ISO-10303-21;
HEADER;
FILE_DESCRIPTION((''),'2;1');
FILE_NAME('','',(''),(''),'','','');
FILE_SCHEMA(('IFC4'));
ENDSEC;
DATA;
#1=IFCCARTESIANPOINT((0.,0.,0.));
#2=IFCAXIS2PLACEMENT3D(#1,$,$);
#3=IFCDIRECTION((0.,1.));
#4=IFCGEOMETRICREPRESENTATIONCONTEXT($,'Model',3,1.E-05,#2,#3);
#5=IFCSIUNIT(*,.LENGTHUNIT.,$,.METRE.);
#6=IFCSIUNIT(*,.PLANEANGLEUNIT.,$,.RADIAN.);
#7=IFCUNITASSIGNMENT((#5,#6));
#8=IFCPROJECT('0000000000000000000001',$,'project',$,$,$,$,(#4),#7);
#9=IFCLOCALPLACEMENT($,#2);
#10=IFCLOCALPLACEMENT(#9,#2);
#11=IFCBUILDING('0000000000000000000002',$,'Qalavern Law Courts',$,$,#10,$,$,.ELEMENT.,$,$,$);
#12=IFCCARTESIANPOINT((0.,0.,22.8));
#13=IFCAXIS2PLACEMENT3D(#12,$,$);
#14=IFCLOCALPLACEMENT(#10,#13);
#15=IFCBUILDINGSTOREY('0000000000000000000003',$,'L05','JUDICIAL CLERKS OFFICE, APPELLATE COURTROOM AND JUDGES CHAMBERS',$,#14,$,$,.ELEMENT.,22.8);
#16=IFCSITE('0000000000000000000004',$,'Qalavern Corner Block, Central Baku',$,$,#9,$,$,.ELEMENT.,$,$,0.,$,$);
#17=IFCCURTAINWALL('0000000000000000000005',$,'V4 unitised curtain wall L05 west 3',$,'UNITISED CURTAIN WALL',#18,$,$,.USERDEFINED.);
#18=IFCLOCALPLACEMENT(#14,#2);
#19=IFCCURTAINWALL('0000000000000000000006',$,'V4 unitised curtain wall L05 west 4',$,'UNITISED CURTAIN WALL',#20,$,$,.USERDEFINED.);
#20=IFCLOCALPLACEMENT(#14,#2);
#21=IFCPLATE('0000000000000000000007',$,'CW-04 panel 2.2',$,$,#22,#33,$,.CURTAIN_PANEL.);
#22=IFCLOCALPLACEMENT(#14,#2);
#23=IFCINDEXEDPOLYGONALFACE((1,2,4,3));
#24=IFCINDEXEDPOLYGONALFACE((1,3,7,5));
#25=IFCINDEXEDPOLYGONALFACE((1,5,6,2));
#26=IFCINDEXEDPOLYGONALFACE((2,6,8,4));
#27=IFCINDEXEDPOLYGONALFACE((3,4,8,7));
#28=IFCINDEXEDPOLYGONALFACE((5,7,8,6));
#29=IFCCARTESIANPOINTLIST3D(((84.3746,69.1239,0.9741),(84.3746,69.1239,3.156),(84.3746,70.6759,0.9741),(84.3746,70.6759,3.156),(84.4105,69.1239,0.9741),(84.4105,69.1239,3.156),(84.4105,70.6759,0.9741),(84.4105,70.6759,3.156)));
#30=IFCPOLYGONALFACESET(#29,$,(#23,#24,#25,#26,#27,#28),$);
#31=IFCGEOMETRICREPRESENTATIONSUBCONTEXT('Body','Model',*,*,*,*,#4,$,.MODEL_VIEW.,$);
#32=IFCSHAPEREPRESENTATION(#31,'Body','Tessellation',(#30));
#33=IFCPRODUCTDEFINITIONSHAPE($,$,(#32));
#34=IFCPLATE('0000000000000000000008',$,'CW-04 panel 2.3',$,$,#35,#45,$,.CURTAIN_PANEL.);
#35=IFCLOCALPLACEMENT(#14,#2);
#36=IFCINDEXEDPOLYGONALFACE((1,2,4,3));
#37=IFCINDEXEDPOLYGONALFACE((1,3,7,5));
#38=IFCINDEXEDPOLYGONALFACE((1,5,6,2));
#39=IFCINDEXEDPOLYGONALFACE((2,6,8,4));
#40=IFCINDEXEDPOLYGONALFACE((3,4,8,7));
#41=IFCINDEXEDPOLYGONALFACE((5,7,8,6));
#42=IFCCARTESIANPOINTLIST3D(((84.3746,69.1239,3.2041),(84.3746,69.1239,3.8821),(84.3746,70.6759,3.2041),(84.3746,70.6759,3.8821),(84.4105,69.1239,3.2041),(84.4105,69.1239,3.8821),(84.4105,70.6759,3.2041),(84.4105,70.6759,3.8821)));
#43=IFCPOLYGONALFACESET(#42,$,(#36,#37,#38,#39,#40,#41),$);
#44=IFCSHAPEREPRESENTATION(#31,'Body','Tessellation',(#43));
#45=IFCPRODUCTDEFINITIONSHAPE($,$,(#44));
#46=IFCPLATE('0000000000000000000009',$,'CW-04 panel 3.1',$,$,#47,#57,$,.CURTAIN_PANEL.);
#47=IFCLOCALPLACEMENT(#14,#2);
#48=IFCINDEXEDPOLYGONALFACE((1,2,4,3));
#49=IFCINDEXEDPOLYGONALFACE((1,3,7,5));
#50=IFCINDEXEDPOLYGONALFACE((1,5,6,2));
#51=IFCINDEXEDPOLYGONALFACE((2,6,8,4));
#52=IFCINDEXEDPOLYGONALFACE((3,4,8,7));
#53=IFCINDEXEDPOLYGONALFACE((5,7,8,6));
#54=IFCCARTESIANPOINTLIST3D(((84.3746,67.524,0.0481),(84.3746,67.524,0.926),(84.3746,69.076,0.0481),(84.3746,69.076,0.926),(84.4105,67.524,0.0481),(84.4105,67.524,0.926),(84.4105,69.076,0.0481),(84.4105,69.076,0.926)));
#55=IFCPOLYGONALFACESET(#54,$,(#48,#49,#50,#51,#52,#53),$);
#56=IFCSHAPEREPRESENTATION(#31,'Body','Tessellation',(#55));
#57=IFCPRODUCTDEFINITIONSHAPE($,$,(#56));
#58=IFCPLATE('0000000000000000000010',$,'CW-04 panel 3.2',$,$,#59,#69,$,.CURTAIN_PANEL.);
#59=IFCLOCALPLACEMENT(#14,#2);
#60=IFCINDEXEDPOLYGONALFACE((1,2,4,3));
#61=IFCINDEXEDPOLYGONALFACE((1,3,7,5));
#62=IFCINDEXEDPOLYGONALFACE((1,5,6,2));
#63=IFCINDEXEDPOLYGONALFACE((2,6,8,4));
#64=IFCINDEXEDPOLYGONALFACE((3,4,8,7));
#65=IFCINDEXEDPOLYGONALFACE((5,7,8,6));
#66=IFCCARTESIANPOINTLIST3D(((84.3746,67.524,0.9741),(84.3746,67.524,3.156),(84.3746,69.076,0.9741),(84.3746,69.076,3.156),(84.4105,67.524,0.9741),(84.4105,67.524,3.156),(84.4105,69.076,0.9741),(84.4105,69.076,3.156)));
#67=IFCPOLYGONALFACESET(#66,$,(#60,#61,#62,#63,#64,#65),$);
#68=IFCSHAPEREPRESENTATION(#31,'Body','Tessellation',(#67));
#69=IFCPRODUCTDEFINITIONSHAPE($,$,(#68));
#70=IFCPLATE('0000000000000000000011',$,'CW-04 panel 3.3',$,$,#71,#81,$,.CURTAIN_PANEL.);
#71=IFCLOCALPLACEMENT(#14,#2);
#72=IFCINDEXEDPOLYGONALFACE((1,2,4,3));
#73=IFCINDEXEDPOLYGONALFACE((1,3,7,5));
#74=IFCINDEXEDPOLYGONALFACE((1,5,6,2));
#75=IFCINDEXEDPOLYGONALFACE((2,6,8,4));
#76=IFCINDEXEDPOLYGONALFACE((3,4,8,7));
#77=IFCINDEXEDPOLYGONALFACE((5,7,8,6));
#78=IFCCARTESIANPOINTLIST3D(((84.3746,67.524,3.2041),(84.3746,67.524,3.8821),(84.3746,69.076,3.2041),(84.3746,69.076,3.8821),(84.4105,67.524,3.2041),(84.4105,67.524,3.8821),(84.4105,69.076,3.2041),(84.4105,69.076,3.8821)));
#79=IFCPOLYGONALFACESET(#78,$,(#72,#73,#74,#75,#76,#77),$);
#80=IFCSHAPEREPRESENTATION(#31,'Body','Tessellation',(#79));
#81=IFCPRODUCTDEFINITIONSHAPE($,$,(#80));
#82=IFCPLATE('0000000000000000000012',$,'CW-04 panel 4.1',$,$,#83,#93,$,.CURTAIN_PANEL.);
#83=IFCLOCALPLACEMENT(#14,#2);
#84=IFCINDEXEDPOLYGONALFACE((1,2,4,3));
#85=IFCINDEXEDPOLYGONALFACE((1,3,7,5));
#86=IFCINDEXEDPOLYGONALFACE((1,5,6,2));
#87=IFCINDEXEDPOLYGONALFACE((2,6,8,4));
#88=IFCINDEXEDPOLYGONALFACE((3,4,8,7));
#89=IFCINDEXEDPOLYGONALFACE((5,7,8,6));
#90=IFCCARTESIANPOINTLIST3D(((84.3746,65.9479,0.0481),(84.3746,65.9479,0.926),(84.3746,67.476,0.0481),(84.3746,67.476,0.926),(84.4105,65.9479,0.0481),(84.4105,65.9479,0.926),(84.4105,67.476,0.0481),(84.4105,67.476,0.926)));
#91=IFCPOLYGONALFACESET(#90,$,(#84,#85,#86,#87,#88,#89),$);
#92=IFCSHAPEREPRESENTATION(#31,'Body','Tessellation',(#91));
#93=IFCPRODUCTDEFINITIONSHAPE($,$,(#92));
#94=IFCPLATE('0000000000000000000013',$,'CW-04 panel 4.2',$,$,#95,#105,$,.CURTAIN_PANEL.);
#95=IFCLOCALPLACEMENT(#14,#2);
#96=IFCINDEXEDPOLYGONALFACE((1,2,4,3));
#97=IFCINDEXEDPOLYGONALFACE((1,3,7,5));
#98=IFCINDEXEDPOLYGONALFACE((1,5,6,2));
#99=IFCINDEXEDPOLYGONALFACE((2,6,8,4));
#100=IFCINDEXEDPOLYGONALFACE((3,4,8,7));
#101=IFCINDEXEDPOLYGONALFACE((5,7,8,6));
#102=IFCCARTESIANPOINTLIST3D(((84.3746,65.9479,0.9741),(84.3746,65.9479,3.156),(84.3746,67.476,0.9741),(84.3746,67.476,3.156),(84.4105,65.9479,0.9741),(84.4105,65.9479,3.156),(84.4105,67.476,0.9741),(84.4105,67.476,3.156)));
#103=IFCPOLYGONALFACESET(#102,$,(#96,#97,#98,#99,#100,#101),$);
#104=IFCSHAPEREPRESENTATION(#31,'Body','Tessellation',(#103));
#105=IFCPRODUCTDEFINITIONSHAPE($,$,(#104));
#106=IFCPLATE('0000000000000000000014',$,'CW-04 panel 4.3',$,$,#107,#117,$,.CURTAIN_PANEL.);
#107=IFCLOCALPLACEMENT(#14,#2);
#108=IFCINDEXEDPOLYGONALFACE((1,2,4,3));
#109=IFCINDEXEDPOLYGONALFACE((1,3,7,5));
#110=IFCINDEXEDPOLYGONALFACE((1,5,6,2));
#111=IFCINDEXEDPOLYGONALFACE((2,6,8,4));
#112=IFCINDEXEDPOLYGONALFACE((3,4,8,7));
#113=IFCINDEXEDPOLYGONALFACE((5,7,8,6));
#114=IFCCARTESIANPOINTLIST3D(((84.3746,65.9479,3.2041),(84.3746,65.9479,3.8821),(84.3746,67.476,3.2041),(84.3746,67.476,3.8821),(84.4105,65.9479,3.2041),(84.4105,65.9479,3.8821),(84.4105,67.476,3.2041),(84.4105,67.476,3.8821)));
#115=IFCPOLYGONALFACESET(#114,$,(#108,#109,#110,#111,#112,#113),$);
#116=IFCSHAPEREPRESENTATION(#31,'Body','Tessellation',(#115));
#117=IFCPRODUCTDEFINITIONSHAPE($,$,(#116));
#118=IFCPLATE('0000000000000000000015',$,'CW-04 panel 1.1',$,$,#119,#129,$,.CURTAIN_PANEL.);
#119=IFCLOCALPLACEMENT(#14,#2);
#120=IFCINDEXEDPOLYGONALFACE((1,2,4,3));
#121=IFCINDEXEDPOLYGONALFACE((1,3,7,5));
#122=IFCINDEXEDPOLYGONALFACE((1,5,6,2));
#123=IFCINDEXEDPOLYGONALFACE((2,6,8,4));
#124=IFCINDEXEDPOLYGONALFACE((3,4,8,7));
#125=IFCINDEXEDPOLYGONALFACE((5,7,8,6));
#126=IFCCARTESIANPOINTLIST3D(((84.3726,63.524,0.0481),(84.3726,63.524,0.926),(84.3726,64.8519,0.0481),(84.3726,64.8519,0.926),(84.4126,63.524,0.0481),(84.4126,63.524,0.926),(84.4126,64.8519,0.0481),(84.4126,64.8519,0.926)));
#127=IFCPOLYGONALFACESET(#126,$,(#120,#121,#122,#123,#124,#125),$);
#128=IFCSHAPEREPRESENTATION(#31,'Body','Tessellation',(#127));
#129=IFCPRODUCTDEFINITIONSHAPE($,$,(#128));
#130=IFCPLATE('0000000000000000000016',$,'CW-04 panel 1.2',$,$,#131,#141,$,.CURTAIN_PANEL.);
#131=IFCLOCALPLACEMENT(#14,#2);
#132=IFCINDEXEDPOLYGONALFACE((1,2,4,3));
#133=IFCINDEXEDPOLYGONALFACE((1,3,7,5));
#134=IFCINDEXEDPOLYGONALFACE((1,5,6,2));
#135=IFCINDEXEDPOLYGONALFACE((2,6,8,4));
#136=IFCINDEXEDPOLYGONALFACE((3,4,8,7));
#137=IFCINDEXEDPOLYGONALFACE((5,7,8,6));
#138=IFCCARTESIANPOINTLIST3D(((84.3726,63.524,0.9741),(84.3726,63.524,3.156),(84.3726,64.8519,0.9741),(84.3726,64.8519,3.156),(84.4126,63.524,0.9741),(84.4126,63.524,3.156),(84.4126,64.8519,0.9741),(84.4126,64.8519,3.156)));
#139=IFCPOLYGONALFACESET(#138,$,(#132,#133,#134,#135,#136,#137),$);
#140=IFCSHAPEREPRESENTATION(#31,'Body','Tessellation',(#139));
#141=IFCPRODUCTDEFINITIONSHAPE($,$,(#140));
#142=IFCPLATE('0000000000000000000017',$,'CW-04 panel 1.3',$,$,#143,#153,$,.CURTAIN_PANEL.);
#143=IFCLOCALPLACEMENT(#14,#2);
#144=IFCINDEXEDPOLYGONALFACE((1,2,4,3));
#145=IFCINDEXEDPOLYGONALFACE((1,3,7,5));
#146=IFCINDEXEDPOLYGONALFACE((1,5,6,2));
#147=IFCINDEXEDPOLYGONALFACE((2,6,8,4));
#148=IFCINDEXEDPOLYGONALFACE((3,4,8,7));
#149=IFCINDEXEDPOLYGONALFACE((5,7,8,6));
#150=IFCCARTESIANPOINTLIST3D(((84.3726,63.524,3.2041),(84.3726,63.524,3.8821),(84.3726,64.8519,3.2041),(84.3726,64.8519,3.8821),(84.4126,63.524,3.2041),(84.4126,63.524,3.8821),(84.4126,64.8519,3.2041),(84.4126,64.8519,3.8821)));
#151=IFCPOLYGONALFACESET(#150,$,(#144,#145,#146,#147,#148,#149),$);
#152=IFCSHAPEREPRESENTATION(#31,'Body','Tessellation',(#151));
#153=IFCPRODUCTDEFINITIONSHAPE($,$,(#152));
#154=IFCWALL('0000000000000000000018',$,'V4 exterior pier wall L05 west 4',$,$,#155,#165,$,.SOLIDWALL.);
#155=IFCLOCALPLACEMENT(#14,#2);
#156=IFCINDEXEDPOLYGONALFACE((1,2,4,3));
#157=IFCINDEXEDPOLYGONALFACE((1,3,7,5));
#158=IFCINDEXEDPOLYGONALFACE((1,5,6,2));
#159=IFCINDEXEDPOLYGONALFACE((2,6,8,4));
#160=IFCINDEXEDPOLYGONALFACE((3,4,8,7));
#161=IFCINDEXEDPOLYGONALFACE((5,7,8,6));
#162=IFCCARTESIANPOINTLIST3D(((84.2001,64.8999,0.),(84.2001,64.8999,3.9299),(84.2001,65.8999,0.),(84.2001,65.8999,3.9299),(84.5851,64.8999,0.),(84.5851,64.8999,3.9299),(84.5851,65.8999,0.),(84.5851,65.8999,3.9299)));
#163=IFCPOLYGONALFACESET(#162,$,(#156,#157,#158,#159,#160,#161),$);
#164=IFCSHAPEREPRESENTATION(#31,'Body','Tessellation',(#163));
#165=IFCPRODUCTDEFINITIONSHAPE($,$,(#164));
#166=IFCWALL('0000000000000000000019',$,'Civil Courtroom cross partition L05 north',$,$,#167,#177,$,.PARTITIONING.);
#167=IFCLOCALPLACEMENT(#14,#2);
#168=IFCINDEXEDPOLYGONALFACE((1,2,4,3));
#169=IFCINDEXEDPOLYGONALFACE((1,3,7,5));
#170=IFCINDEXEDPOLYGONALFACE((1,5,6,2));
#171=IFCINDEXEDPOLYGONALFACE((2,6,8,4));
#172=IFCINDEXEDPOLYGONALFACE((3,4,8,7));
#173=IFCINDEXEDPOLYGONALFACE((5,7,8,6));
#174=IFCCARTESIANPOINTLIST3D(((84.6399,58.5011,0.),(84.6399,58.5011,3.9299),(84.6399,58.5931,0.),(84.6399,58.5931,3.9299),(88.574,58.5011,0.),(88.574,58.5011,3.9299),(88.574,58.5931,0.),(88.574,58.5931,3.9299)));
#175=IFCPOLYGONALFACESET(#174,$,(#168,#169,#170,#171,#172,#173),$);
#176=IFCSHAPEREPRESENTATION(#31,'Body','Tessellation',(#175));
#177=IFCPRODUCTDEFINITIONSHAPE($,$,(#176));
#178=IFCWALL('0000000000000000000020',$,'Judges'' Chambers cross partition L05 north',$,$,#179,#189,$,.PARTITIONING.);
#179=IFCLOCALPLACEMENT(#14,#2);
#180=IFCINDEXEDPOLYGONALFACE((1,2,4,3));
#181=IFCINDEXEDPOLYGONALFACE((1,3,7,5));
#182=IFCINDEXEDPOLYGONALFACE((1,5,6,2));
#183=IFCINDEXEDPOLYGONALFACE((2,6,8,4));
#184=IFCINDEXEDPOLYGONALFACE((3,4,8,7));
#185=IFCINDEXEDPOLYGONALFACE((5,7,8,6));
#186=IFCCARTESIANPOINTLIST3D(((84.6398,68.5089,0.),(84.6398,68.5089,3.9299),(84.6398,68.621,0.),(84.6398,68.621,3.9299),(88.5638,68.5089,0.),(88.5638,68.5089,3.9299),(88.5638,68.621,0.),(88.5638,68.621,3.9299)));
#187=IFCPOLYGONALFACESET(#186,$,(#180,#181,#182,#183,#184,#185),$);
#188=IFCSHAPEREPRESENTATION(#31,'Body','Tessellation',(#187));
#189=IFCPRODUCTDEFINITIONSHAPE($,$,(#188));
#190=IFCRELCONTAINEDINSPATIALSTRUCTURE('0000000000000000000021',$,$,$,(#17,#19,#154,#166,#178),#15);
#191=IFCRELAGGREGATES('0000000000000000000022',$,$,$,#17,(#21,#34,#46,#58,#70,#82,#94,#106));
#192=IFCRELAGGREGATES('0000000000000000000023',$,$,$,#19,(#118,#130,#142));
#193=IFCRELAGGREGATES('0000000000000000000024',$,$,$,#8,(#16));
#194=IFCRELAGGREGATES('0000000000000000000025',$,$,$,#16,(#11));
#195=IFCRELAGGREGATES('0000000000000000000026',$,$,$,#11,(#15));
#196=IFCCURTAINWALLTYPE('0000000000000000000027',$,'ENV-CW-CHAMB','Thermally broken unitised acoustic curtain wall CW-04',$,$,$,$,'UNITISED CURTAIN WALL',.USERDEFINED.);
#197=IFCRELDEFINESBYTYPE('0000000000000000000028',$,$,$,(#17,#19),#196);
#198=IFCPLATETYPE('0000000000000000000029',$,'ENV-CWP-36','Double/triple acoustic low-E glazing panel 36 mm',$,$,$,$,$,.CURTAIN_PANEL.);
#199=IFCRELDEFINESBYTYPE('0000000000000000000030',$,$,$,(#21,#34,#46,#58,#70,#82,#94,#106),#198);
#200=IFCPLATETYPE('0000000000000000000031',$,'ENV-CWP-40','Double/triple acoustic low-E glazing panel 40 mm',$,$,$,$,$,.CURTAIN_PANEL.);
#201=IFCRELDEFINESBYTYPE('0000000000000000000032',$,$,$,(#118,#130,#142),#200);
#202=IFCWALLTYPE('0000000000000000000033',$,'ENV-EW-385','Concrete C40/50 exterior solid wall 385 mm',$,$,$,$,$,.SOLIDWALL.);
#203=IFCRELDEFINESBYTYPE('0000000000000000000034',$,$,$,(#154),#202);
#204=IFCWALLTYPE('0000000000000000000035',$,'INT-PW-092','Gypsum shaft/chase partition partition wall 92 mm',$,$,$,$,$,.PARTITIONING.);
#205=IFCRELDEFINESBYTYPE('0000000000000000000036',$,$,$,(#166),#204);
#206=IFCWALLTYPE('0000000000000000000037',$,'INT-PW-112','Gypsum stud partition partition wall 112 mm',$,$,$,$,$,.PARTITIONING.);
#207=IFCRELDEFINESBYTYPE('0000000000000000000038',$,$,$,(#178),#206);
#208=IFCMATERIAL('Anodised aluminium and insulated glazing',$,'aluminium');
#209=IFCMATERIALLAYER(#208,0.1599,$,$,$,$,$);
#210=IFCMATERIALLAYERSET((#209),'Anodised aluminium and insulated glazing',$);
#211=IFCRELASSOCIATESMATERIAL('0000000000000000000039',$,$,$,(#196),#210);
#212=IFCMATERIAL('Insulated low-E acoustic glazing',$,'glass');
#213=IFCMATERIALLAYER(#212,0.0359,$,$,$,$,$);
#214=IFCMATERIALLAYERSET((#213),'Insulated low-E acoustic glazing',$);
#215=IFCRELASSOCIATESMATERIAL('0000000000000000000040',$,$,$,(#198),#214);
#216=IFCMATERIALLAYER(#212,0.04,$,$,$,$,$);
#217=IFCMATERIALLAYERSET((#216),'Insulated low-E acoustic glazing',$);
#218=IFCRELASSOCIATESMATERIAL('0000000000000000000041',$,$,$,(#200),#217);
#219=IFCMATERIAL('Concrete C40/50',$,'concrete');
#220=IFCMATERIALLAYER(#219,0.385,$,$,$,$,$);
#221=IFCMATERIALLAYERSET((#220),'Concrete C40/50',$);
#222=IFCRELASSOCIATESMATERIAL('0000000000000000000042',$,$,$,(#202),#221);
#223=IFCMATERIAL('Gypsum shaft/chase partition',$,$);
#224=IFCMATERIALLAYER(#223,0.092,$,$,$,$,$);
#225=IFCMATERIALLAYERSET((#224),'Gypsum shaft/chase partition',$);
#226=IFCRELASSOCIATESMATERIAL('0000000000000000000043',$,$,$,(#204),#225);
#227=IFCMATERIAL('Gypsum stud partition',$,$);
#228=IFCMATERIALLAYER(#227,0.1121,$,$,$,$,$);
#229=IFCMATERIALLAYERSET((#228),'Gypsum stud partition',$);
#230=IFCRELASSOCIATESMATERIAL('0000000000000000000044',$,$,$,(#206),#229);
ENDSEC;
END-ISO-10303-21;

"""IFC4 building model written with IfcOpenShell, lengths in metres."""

from ifc_helpers import new_model, si_unit, direction, frame, frame_2d, origin, origin_2d, place, context, subcontext, project, spatial, rectangle, extrude, material, layer, layer_set, type_object, element, aggregate, save


model = new_model("IFC4")

# Units and contexts
model_context = context("Model", 3, precision=1e-05, world=origin(), true_north=direction((0.0, 1.0)))
body_context = subcontext(model_context, "Body", "Model", "MODEL_VIEW")
ifc_project = project(units=[si_unit("LENGTHUNIT", "METRE"), si_unit("PLANEANGLEUNIT", "RADIAN")], contexts=[model_context])

# Site, building, storey
site_placement = place(None, origin())
site = spatial("IfcSite", under=ifc_project, at=site_placement, Name="Qalavern Corner Block, Central Baku", CompositionType="ELEMENT", RefElevation=0.0)
building_placement = place(site_placement, origin())
building = spatial("IfcBuilding", under=site, at=building_placement, Name="Qalavern Law Courts", CompositionType="ELEMENT")
storey_placement = place(building_placement, frame((0.0, 0.0, 22.8)))
storey = spatial("IfcBuildingStorey", under=building, at=storey_placement, Name="L05", Description="JUDICIAL CLERKS OFFICE, APPELLATE COURTROOM AND JUDGES CHAMBERS", CompositionType="ELEMENT", Elevation=22.8)

# Curtain wall
ifc_material_1 = material(Name="Anodised aluminium and insulated glazing", Category="aluminium")
ifc_layer_1 = layer(ifc_material_1, 0.1599)
ifc_layer_set_1 = layer_set([ifc_layer_1], Name="Anodised aluminium and insulated glazing")
curtain_wall_type = type_object("IfcCurtainWallType", Name="ENV-CW-CHAMB", Description="Thermally broken unitised acoustic curtain wall CW-04", ElementType="UNITISED CURTAIN WALL", PredefinedType="USERDEFINED", material=ifc_layer_set_1)
curtain_wall_1_placement = place(storey_placement, origin())
curtain_wall_1 = element("IfcCurtainWall", 1, at=curtain_wall_1_placement, inside=storey, type_object=curtain_wall_type, Name="V4 unitised curtain wall L05 west 3", ObjectType="UNITISED CURTAIN WALL", PredefinedType="USERDEFINED")

# Curtain wall
curtain_wall_2_placement = place(storey_placement, origin())
curtain_wall_2 = element("IfcCurtainWall", 2, at=curtain_wall_2_placement, inside=storey, type_object=curtain_wall_type, Name="V4 unitised curtain wall L05 west 4", ObjectType="UNITISED CURTAIN WALL", PredefinedType="USERDEFINED")

# Shared definitions
ifc_material_2 = material(Name="Concrete C40/50", Category="concrete")

# Plates
ifc_material_3 = material(Name="Insulated low-E acoustic glazing", Category="glass")
ifc_layer_2 = layer(ifc_material_3, 0.0359)
ifc_layer_set_2 = layer_set([ifc_layer_2], Name="Insulated low-E acoustic glazing")
plate_type_1 = type_object("IfcPlateType", Name="ENV-CWP-36", Description="Double/triple acoustic low-E glazing panel 36 mm", PredefinedType="CURTAIN_PANEL", material=ifc_layer_set_2)
plate_1_placement = place(storey_placement, frame((84.3926, 69.8999, 0.9741), z_axis=(0.0, 0.0, 1.0), x_axis=(0.0, -1.0, 0.0)))
plate_1 = element("IfcPlate", 3, at=plate_1_placement, type_object=plate_type_1, Name="CW-04 panel 2.2", PredefinedType="CURTAIN_PANEL", context=body_context, shape_type="SweptSolid", body=[
    extrude(rectangle(XDim=1.552, YDim=0.0359, at=origin_2d()), origin(), (0.0, 0.0, 1.0), 2.1819),
])
plate_2_placement = place(storey_placement, frame((84.3926, 69.8999, 3.2041), z_axis=(0.0, 0.0, 1.0), x_axis=(0.0, -1.0, 0.0)))
plate_2 = element("IfcPlate", 4, at=plate_2_placement, type_object=plate_type_1, Name="CW-04 panel 2.3", PredefinedType="CURTAIN_PANEL", context=body_context, shape_type="SweptSolid", body=[
    extrude(rectangle(XDim=1.552, YDim=0.0359, at=origin_2d()), origin(), (0.0, 0.0, 1.0), 0.678),
])
plate_3_placement = place(storey_placement, frame((84.3926, 68.3, 0.0481), z_axis=(0.0, 0.0, 1.0), x_axis=(0.0, -1.0, 0.0)))
plate_3 = element("IfcPlate", 5, at=plate_3_placement, type_object=plate_type_1, Name="CW-04 panel 3.1", PredefinedType="CURTAIN_PANEL", context=body_context, shape_type="SweptSolid", body=[
    extrude(rectangle(XDim=1.552, YDim=0.0359, at=origin_2d()), origin(), (0.0, 0.0, 1.0), 0.8779),
])
plate_4_placement = place(storey_placement, frame((84.3926, 68.3, 0.9741), z_axis=(0.0, 0.0, 1.0), x_axis=(0.0, -1.0, 0.0)))
plate_4 = element("IfcPlate", 6, at=plate_4_placement, type_object=plate_type_1, Name="CW-04 panel 3.2", PredefinedType="CURTAIN_PANEL", context=body_context, shape_type="SweptSolid", body=[
    extrude(rectangle(XDim=1.552, YDim=0.0359, at=origin_2d()), origin(), (0.0, 0.0, 1.0), 2.1819),
])
plate_5_placement = place(storey_placement, frame((84.3926, 68.3, 3.2041), z_axis=(0.0, 0.0, 1.0), x_axis=(0.0, -1.0, 0.0)))
plate_5 = element("IfcPlate", 7, at=plate_5_placement, type_object=plate_type_1, Name="CW-04 panel 3.3", PredefinedType="CURTAIN_PANEL", context=body_context, shape_type="SweptSolid", body=[
    extrude(rectangle(XDim=1.552, YDim=0.0359, at=origin_2d()), origin(), (0.0, 0.0, 1.0), 0.678),
])
plate_6_placement = place(storey_placement, frame((84.3926, 66.7119, 0.0481), z_axis=(0.0, 0.0, 1.0), x_axis=(0.0, -1.0, 0.0)))
plate_6 = element("IfcPlate", 8, at=plate_6_placement, type_object=plate_type_1, Name="CW-04 panel 4.1", PredefinedType="CURTAIN_PANEL", context=body_context, shape_type="SweptSolid", body=[
    extrude(rectangle(XDim=1.5281, YDim=0.0359, at=origin_2d()), origin(), (0.0, 0.0, 1.0), 0.8779),
])
plate_7_placement = place(storey_placement, frame((84.3926, 66.7119, 0.9741), z_axis=(0.0, 0.0, 1.0), x_axis=(0.0, -1.0, 0.0)))
plate_7 = element("IfcPlate", 9, at=plate_7_placement, type_object=plate_type_1, Name="CW-04 panel 4.2", PredefinedType="CURTAIN_PANEL", context=body_context, shape_type="SweptSolid", body=[
    extrude(rectangle(XDim=1.5281, YDim=0.0359, at=origin_2d()), origin(), (0.0, 0.0, 1.0), 2.1819),
])
plate_8_placement = place(storey_placement, frame((84.3926, 66.7119, 3.2041), z_axis=(0.0, 0.0, 1.0), x_axis=(0.0, -1.0, 0.0)))
plate_8 = element("IfcPlate", 10, at=plate_8_placement, type_object=plate_type_1, Name="CW-04 panel 4.3", PredefinedType="CURTAIN_PANEL", context=body_context, shape_type="SweptSolid", body=[
    extrude(rectangle(XDim=1.5281, YDim=0.0359, at=origin_2d()), origin(), (0.0, 0.0, 1.0), 0.678),
])
aggregate(curtain_wall_1, [plate_1, plate_2, plate_3, plate_4, plate_5, plate_6, plate_7, plate_8])
ifc_layer_3 = layer(ifc_material_3, 0.04)
ifc_layer_set_3 = layer_set([ifc_layer_3], Name="Insulated low-E acoustic glazing")
plate_type_2 = type_object("IfcPlateType", Name="ENV-CWP-40", Description="Double/triple acoustic low-E glazing panel 40 mm", PredefinedType="CURTAIN_PANEL", material=ifc_layer_set_3)
plate_9_placement = place(storey_placement, frame((84.3926, 64.188, 0.0481), z_axis=(0.0, 0.0, 1.0), x_axis=(0.0, -1.0, 0.0)))
plate_9 = element("IfcPlate", 11, at=plate_9_placement, type_object=plate_type_2, Name="CW-04 panel 1.1", PredefinedType="CURTAIN_PANEL", context=body_context, shape_type="SweptSolid", body=[
    extrude(rectangle(XDim=1.3279, YDim=0.04, at=origin_2d()), origin(), (0.0, 0.0, 1.0), 0.8779),
])
plate_10_placement = place(storey_placement, frame((84.3926, 64.188, 0.9741), z_axis=(0.0, 0.0, 1.0), x_axis=(0.0, -1.0, 0.0)))
plate_10 = element("IfcPlate", 12, at=plate_10_placement, type_object=plate_type_2, Name="CW-04 panel 1.2", PredefinedType="CURTAIN_PANEL", context=body_context, shape_type="SweptSolid", body=[
    extrude(rectangle(XDim=1.3279, YDim=0.04, at=origin_2d()), origin(), (0.0, 0.0, 1.0), 2.1819),
])
plate_11_placement = place(storey_placement, frame((84.3926, 64.188, 3.2041), z_axis=(0.0, 0.0, 1.0), x_axis=(0.0, -1.0, 0.0)))
plate_11 = element("IfcPlate", 13, at=plate_11_placement, type_object=plate_type_2, Name="CW-04 panel 1.3", PredefinedType="CURTAIN_PANEL", context=body_context, shape_type="SweptSolid", body=[
    extrude(rectangle(XDim=1.3279, YDim=0.04, at=origin_2d()), origin(), (0.0, 0.0, 1.0), 0.678),
])
aggregate(curtain_wall_2, [plate_9, plate_10, plate_11])

# Walls
ifc_layer_4 = layer(ifc_material_2, 0.385)
ifc_layer_set_4 = layer_set([ifc_layer_4], Name="Concrete C40/50")
wall_type_1 = type_object("IfcWallType", Name="ENV-EW-385", Description="Concrete C40/50 exterior solid wall 385 mm", PredefinedType="SOLIDWALL", material=ifc_layer_set_4)
wall_1_placement = place(storey_placement, frame((84.3926, 65.8999, 0.0), z_axis=(0.0, 0.0, 1.0), x_axis=(0.0, -1.0, 0.0)))
element("IfcWall", 14, at=wall_1_placement, inside=storey, type_object=wall_type_1, Name="V4 exterior pier wall L05 west 4", PredefinedType="SOLIDWALL", context=body_context, shape_type="SweptSolid", body=[
    extrude(rectangle(XDim=1.0, YDim=0.385, at=frame_2d((0.5, 0.0))), origin(), (0.0, 0.0, 1.0), 3.9299),
])
ifc_material_4 = material(Name="Gypsum shaft/chase partition")
ifc_layer_5 = layer(ifc_material_4, 0.092)
ifc_layer_set_5 = layer_set([ifc_layer_5], Name="Gypsum shaft/chase partition")
wall_type_2 = type_object("IfcWallType", Name="INT-PW-092", Description="Gypsum shaft/chase partition partition wall 92 mm", PredefinedType="PARTITIONING", material=ifc_layer_set_5)
wall_2_placement = place(storey_placement, frame((84.6399, 58.5471, 0.0), z_axis=(0.0, 0.0, 1.0), x_axis=(1.0, 0.0, 0.0)))
element("IfcWall", 15, at=wall_2_placement, inside=storey, type_object=wall_type_2, Name="Civil Courtroom cross partition L05 north", PredefinedType="PARTITIONING", context=body_context, shape_type="SweptSolid", body=[
    extrude(rectangle(XDim=3.9341, YDim=0.092, at=frame_2d((1.967, 0.0))), origin(), (0.0, 0.0, 1.0), 3.9299),
])
ifc_material_5 = material(Name="Gypsum stud partition")
ifc_layer_6 = layer(ifc_material_5, 0.1121)
ifc_layer_set_6 = layer_set([ifc_layer_6], Name="Gypsum stud partition")
wall_type_3 = type_object("IfcWallType", Name="INT-PW-112", Description="Gypsum stud partition partition wall 112 mm", PredefinedType="PARTITIONING", material=ifc_layer_set_6)
wall_3_placement = place(storey_placement, frame((84.6399, 68.5649, 0.0), z_axis=(0.0, 0.0, 1.0), x_axis=(1.0, 0.0, 0.0)))
element("IfcWall", 16, at=wall_3_placement, inside=storey, type_object=wall_type_3, Name="Judges' Chambers cross partition L05 north", PredefinedType="PARTITIONING", context=body_context, shape_type="SweptSolid", body=[
    extrude(rectangle(XDim=3.9241, YDim=0.1121, at=frame_2d((1.9619, 0.0))), origin(), (0.0, 0.0, 1.0), 3.9299),
])

save(model, "model.ifc")
